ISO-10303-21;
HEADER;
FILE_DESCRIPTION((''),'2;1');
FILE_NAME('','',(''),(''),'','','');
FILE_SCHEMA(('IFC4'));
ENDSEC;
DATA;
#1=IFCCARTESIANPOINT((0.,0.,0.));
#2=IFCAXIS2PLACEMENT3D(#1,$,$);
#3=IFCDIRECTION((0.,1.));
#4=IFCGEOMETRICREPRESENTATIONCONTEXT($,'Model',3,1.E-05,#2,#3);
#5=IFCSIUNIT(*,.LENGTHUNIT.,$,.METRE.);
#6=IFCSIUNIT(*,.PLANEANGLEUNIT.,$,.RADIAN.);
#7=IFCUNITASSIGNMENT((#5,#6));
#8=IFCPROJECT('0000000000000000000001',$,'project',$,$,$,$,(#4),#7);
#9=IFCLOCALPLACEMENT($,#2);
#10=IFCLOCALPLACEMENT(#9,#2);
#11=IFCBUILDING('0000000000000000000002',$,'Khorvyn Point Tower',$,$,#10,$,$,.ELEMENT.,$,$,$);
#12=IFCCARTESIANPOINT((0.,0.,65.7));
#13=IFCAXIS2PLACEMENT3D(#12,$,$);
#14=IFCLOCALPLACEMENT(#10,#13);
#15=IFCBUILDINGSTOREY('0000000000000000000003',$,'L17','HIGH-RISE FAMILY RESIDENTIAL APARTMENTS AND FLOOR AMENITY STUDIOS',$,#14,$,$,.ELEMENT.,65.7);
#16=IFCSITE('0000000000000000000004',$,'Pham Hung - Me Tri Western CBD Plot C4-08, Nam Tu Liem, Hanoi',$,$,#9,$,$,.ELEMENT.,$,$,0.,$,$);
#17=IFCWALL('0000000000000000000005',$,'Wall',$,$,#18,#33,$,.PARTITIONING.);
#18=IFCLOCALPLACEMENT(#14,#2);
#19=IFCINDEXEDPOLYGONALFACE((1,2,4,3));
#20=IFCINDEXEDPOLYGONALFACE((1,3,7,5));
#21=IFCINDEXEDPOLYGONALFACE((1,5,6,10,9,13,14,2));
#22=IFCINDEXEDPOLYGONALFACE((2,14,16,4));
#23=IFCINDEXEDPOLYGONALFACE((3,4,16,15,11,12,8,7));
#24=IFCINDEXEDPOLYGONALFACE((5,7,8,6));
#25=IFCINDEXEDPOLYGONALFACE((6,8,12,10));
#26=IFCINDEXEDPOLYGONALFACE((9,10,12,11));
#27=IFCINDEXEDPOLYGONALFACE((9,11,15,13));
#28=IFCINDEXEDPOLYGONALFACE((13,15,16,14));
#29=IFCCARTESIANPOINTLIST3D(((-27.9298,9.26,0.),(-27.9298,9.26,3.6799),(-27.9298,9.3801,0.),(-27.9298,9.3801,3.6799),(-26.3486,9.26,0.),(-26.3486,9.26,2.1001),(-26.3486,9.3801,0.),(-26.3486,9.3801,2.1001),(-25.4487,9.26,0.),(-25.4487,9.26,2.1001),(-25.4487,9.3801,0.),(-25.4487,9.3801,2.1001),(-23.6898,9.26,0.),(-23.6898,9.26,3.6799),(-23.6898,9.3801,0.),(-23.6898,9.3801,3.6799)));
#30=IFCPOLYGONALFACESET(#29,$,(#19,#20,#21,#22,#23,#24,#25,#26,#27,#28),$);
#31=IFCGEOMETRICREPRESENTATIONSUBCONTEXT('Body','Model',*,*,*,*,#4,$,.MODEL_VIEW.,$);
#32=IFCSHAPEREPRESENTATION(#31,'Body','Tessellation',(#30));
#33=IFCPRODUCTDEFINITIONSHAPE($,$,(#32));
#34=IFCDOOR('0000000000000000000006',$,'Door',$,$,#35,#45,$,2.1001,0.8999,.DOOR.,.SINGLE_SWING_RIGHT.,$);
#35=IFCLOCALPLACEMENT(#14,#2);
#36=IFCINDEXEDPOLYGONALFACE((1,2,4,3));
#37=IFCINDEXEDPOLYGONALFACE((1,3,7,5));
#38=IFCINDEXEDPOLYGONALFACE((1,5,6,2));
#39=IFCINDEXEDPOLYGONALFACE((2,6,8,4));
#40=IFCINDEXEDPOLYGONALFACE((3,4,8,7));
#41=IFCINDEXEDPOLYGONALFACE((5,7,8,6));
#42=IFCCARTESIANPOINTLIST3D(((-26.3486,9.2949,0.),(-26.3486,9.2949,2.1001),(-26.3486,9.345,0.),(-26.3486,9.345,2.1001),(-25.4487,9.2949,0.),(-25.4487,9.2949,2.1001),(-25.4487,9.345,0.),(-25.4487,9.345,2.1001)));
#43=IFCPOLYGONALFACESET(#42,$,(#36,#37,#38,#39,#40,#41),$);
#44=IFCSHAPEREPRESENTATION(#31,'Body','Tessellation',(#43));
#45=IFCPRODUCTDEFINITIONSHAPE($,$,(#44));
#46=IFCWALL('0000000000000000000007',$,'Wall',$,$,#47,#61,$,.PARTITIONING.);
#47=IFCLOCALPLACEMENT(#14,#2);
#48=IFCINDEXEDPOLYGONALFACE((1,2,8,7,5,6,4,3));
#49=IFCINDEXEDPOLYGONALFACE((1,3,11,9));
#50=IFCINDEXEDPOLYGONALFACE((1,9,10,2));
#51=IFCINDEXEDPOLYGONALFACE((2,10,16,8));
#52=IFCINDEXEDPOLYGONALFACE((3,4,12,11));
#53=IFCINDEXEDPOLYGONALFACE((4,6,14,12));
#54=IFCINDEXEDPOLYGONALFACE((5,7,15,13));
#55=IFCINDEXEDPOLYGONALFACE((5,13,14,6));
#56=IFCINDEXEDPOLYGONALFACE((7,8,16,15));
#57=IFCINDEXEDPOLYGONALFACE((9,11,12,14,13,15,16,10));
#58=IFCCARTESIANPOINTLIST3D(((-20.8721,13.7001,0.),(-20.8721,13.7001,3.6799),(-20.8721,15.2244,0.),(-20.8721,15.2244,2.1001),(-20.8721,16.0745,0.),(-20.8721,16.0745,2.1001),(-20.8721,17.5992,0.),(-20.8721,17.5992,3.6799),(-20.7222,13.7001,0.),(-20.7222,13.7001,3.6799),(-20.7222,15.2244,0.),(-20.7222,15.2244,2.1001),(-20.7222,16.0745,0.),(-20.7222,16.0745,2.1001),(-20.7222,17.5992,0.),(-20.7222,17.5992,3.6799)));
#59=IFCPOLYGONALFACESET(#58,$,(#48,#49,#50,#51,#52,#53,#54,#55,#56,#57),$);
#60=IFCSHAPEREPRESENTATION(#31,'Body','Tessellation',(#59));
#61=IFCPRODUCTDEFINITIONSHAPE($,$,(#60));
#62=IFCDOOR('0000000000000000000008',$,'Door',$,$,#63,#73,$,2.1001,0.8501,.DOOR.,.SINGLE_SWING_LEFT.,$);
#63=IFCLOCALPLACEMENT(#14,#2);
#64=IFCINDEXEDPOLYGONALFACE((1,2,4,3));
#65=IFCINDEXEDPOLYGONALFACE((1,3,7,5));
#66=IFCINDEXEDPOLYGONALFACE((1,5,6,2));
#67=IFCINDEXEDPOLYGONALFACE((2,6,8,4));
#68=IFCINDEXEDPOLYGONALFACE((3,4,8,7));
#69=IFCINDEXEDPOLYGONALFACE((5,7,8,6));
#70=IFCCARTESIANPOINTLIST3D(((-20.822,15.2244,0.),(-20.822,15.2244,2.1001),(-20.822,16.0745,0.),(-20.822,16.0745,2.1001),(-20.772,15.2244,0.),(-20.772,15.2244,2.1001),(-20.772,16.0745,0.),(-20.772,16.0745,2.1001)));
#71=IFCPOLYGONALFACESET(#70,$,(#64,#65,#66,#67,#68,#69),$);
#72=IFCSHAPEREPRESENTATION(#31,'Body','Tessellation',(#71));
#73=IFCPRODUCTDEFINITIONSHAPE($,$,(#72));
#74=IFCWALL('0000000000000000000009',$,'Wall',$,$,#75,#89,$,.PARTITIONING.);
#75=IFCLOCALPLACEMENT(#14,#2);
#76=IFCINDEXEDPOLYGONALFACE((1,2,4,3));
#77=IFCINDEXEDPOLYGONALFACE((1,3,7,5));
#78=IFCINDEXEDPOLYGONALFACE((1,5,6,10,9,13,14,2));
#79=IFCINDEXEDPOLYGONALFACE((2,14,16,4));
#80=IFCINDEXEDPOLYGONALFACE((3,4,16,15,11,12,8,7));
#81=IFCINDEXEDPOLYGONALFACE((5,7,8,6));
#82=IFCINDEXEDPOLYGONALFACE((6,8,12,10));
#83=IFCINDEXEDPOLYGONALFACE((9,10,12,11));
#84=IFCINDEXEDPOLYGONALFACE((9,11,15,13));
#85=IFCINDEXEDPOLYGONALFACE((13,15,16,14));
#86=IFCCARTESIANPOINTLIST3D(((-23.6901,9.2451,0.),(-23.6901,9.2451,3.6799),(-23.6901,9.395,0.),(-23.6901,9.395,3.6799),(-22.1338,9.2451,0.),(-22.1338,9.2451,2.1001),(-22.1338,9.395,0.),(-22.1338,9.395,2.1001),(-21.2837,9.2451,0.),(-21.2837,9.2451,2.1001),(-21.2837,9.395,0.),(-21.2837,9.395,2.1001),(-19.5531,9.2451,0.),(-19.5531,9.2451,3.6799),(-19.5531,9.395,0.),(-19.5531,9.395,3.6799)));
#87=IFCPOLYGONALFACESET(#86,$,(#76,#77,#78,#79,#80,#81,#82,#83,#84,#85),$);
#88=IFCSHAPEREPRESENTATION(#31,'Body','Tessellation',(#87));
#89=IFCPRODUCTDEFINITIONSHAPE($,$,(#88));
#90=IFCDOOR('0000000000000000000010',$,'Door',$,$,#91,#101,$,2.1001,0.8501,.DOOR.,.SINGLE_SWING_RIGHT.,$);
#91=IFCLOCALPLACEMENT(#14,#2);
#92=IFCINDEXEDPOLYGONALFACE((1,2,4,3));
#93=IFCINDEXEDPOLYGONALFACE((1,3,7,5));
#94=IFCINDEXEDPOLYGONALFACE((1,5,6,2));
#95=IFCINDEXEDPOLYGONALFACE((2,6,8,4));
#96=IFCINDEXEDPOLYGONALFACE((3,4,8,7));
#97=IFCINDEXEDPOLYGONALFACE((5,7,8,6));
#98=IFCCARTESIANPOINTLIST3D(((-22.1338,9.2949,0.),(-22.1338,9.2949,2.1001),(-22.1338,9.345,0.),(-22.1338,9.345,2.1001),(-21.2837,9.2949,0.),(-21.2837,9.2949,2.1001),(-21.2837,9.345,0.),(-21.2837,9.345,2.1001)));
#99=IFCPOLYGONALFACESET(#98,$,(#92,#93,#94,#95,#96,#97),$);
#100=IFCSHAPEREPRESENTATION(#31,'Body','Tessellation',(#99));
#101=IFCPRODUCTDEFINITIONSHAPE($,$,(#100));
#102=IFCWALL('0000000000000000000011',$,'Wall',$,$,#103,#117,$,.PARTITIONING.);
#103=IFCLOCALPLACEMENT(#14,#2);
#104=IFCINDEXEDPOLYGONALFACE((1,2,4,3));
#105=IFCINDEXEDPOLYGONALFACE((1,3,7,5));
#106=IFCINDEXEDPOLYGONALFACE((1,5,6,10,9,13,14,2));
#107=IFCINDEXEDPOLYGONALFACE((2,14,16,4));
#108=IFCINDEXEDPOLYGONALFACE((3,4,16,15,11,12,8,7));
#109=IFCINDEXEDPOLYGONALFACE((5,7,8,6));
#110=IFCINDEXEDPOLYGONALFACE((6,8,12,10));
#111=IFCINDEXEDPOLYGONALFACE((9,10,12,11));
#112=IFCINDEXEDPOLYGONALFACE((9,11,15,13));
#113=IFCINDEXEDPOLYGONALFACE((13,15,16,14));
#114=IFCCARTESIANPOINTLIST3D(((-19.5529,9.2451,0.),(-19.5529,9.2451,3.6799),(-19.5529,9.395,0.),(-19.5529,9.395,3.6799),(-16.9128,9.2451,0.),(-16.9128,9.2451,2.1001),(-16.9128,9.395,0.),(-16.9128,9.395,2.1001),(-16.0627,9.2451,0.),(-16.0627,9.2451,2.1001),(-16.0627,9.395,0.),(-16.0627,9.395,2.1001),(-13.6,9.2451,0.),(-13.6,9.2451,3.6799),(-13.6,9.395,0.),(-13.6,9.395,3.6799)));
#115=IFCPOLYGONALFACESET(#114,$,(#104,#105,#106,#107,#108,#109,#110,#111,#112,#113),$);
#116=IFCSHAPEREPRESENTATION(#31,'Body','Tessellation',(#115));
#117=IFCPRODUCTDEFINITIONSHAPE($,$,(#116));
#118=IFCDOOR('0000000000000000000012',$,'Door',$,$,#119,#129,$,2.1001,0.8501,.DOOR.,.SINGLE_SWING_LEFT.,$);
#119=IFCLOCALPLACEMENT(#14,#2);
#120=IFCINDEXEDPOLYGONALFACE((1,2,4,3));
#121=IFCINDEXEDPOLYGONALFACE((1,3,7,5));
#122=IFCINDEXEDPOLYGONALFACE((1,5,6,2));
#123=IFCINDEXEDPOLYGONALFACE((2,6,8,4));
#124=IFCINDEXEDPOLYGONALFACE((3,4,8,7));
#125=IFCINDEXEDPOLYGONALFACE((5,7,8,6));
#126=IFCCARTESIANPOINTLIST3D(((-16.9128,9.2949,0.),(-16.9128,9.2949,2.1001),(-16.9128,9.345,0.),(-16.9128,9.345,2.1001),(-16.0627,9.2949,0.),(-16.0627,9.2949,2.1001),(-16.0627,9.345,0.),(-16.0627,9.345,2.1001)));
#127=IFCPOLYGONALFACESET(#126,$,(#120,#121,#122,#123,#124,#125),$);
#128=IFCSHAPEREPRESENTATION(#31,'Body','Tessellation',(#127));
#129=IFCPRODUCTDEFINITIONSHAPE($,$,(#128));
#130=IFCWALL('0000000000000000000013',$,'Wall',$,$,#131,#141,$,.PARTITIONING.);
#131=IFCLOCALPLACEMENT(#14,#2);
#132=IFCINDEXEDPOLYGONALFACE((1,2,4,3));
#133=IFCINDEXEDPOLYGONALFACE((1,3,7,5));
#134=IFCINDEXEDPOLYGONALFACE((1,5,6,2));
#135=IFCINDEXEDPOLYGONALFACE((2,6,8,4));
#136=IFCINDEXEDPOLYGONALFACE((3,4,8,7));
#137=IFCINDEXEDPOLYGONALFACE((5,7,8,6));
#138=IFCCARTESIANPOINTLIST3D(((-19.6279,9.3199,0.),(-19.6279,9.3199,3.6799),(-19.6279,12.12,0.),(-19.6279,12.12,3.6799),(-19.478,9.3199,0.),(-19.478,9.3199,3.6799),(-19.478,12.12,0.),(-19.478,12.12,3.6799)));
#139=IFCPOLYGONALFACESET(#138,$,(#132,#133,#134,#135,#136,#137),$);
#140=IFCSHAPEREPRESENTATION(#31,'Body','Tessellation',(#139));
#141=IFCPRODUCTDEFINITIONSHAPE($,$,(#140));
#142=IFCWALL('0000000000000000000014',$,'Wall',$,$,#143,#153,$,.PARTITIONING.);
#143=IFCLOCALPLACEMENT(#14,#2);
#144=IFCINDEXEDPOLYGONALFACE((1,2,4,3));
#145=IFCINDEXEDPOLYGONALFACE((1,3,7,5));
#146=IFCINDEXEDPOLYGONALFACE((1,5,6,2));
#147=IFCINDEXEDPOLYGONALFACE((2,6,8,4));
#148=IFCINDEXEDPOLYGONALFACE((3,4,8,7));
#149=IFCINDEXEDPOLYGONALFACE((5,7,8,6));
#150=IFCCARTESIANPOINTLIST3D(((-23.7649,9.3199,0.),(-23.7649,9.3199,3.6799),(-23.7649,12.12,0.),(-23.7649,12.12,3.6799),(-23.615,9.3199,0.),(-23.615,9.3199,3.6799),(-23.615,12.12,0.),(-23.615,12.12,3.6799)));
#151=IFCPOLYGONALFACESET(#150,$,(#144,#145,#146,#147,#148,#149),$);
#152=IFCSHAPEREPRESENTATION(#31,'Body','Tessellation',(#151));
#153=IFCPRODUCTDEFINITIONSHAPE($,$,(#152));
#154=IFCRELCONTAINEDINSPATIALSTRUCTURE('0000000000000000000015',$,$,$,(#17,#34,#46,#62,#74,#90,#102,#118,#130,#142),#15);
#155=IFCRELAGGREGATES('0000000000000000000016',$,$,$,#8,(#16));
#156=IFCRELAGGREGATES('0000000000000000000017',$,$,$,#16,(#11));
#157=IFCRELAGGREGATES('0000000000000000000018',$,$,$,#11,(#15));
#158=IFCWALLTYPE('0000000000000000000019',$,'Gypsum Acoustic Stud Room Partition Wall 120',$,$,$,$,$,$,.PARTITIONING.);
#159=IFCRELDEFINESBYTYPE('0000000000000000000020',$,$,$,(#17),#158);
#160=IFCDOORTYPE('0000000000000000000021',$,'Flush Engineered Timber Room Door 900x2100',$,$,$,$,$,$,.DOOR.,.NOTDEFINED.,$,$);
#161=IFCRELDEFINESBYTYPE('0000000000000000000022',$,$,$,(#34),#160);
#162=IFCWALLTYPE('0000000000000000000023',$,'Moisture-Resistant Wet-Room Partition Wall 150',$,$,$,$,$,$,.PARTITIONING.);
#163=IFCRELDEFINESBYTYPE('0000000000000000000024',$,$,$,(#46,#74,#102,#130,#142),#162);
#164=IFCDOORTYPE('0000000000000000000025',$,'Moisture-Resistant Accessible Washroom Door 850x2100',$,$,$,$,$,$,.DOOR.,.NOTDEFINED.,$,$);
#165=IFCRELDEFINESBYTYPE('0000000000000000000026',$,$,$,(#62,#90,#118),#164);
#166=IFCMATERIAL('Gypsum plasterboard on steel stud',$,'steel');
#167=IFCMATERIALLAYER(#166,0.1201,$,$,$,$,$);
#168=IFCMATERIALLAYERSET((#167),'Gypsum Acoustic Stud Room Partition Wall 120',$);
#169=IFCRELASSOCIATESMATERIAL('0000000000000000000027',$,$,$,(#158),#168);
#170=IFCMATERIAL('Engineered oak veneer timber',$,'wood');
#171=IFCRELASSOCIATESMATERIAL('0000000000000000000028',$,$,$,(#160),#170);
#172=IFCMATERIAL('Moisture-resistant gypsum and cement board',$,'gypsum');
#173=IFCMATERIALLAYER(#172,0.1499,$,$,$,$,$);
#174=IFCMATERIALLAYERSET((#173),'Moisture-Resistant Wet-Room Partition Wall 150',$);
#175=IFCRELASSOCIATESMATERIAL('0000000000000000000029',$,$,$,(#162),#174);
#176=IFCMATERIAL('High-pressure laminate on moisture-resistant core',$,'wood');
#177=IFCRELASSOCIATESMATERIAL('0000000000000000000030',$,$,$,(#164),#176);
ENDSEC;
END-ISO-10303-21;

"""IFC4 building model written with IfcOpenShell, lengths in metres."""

from ifc_helpers import new_model, si_unit, direction, frame, frame_2d, origin, place, context, subcontext, project, spatial, rectangle, extrude, material, layer, layer_set, type_object, element, fill, save


model = new_model("IFC4")

# Units and contexts
model_context = context("Model", 3, precision=1e-05, world=origin(), true_north=direction((0.0, 1.0)))
body_context = subcontext(model_context, "Body", "Model", "MODEL_VIEW")
ifc_project = project(units=[si_unit("LENGTHUNIT", "METRE"), si_unit("PLANEANGLEUNIT", "RADIAN")], contexts=[model_context])

# Site, building, storey
site_placement = place(None, origin())
site = spatial("IfcSite", under=ifc_project, at=site_placement, Name="Pham Hung - Me Tri Western CBD Plot C4-08, Nam Tu Liem, Hanoi", CompositionType="ELEMENT", RefElevation=0.0)
building_placement = place(site_placement, origin())
building = spatial("IfcBuilding", under=site, at=building_placement, Name="Khorvyn Point Tower", CompositionType="ELEMENT")
storey_placement = place(building_placement, frame((0.0, 0.0, 65.7)))
storey = spatial("IfcBuildingStorey", under=building, at=storey_placement, Name="L17", Description="HIGH-RISE FAMILY RESIDENTIAL APARTMENTS AND FLOOR AMENITY STUDIOS", CompositionType="ELEMENT", Elevation=65.7)

# Walls, openings, doors
ifc_material_1 = material(Name="Gypsum plasterboard on steel stud", Category="steel")
ifc_layer_1 = layer(ifc_material_1, 0.1201)
ifc_layer_set_1 = layer_set([ifc_layer_1], Name="Gypsum Acoustic Stud Room Partition Wall 120")
wall_type_1 = type_object("IfcWallType", Name="Gypsum Acoustic Stud Room Partition Wall 120", PredefinedType="PARTITIONING", material=ifc_layer_set_1)
wall_1_placement = place(storey_placement, frame((-27.9299, 9.3201, 0.0), z_axis=(0.0, 0.0, 1.0), x_axis=(1.0, 0.0, 0.0)))
wall_1 = element("IfcWall", 1, at=wall_1_placement, inside=storey, type_object=wall_type_1, Name="Wall", PredefinedType="PARTITIONING", context=body_context, shape_type="SweptSolid", body=[
    extrude(rectangle(XDim=4.24, YDim=0.1201, at=frame_2d((2.1201, 0.0))), origin(), (0.0, 0.0, 1.0), 3.6799),
])
opening_1_placement = place(wall_1_placement, frame((1.5813, 0.0, 0.0)))
opening_1 = element("IfcOpeningElement", 2, at=opening_1_placement, cuts=wall_1, PredefinedType="OPENING", context=body_context, shape_type="SweptSolid", body=[
    extrude(rectangle(XDim=0.8999, YDim=2.1001, at=frame_2d((0.45, 1.05))), frame((0.0, 0.0701, 0.0), z_axis=(0.0, -1.0, 0.0), x_axis=(1.0, 0.0, 0.0)), (0.0, 0.0, 1.0), 0.1401),
])
ifc_material_2 = material(Name="Engineered oak veneer timber", Category="wood")
door_type_1 = type_object("IfcDoorType", Name="Flush Engineered Timber Room Door 900x2100", OperationType="NOTDEFINED", PredefinedType="DOOR", material=ifc_material_2)
door_1_placement = place(opening_1_placement, origin())
door_1 = element("IfcDoor", 3, at=door_1_placement, inside=storey, type_object=door_type_1, Name="Door", OperationType="SINGLE_SWING_RIGHT", OverallHeight=2.1001, OverallWidth=0.8999, PredefinedType="DOOR", context=body_context, shape_type="SweptSolid", body=[
    extrude(rectangle(XDim=0.8999, YDim=2.1001, at=frame_2d((0.45, 1.05))), frame((0.0, 0.0249, 0.0), z_axis=(0.0, -1.0, 0.0), x_axis=(1.0, 0.0, 0.0)), (0.0, 0.0, 1.0), 0.05),
])
fill(opening_1, door_1)
ifc_material_3 = material(Name="Moisture-resistant gypsum and cement board", Category="gypsum")
ifc_layer_2 = layer(ifc_material_3, 0.1499)
ifc_layer_set_2 = layer_set([ifc_layer_2], Name="Moisture-Resistant Wet-Room Partition Wall 150")
wall_type_2 = type_object("IfcWallType", Name="Moisture-Resistant Wet-Room Partition Wall 150", PredefinedType="PARTITIONING", material=ifc_layer_set_2)
wall_2_placement = place(storey_placement, frame((-20.7971, 13.7, 0.0), z_axis=(0.0, 0.0, 1.0), x_axis=(0.0, 1.0, 0.0)))
wall_2 = element("IfcWall", 4, at=wall_2_placement, inside=storey, type_object=wall_type_2, Name="Wall", PredefinedType="PARTITIONING", context=body_context, shape_type="SweptSolid", body=[
    extrude(rectangle(XDim=3.8992, YDim=0.1499, at=frame_2d((1.9497, 0.0))), origin(), (0.0, 0.0, 1.0), 3.6799),
])
opening_2_placement = place(wall_2_placement, frame((1.5244, 0.0, 0.0)))
opening_2 = element("IfcOpeningElement", 5, at=opening_2_placement, cuts=wall_2, PredefinedType="OPENING", context=body_context, shape_type="SweptSolid", body=[
    extrude(rectangle(XDim=0.8501, YDim=2.1001, at=frame_2d((0.425, 1.05))), frame((0.0, 0.085, 0.0), z_axis=(0.0, -1.0, 0.0), x_axis=(1.0, 0.0, 0.0)), (0.0, 0.0, 1.0), 0.1699),
])
ifc_material_4 = material(Name="High-pressure laminate on moisture-resistant core", Category="wood")
door_type_2 = type_object("IfcDoorType", Name="Moisture-Resistant Accessible Washroom Door 850x2100", OperationType="NOTDEFINED", PredefinedType="DOOR", material=ifc_material_4)
door_2_placement = place(opening_2_placement, origin())
door_2 = element("IfcDoor", 6, at=door_2_placement, inside=storey, type_object=door_type_2, Name="Door", OperationType="SINGLE_SWING_LEFT", OverallHeight=2.1001, OverallWidth=0.8501, PredefinedType="DOOR", context=body_context, shape_type="SweptSolid", body=[
    extrude(rectangle(XDim=0.8501, YDim=2.1001, at=frame_2d((0.425, 1.05))), frame((0.0, 0.0249, 0.0), z_axis=(0.0, -1.0, 0.0), x_axis=(1.0, 0.0, 0.0)), (0.0, 0.0, 1.0), 0.05),
])
fill(opening_2, door_2)
wall_3_placement = place(storey_placement, frame((-23.6899, 9.3201, 0.0), z_axis=(0.0, 0.0, 1.0), x_axis=(1.0, 0.0, 0.0)))
wall_3 = element("IfcWall", 7, at=wall_3_placement, inside=storey, type_object=wall_type_2, Name="Wall", PredefinedType="PARTITIONING", context=body_context, shape_type="SweptSolid", body=[
    extrude(rectangle(XDim=4.137, YDim=0.1499, at=frame_2d((2.0684, 0.0))), origin(), (0.0, 0.0, 1.0), 3.6799),
])
opening_3_placement = place(wall_3_placement, frame((1.5562, 0.0, 0.0)))
opening_3 = element("IfcOpeningElement", 8, at=opening_3_placement, cuts=wall_3, PredefinedType="OPENING", context=body_context, shape_type="SweptSolid", body=[
    extrude(rectangle(XDim=0.8501, YDim=2.1001, at=frame_2d((0.425, 1.05))), frame((0.0, 0.085, 0.0), z_axis=(0.0, -1.0, 0.0), x_axis=(1.0, 0.0, 0.0)), (0.0, 0.0, 1.0), 0.1699),
])
door_3_placement = place(opening_3_placement, origin())
door_3 = element("IfcDoor", 9, at=door_3_placement, inside=storey, type_object=door_type_2, Name="Door", OperationType="SINGLE_SWING_RIGHT", OverallHeight=2.1001, OverallWidth=0.8501, PredefinedType="DOOR", context=body_context, shape_type="SweptSolid", body=[
    extrude(rectangle(XDim=0.8501, YDim=2.1001, at=frame_2d((0.425, 1.05))), frame((0.0, 0.0249, 0.0), z_axis=(0.0, -1.0, 0.0), x_axis=(1.0, 0.0, 0.0)), (0.0, 0.0, 1.0), 0.05),
])
fill(opening_3, door_3)
wall_4_placement = place(storey_placement, frame((-19.553, 9.3201, 0.0), z_axis=(0.0, 0.0, 1.0), x_axis=(1.0, 0.0, 0.0)))
wall_4 = element("IfcWall", 10, at=wall_4_placement, inside=storey, type_object=wall_type_2, Name="Wall", PredefinedType="PARTITIONING", context=body_context, shape_type="SweptSolid", body=[
    extrude(rectangle(XDim=5.9529, YDim=0.1499, at=frame_2d((2.9766, 0.0))), origin(), (0.0, 0.0, 1.0), 3.6799),
])
opening_4_placement = place(wall_4_placement, frame((2.6401, 0.0, 0.0)))
opening_4 = element("IfcOpeningElement", 11, at=opening_4_placement, cuts=wall_4, PredefinedType="OPENING", context=body_context, shape_type="SweptSolid", body=[
    extrude(rectangle(XDim=0.8501, YDim=2.1001, at=frame_2d((0.425, 1.05))), frame((0.0, 0.085, 0.0), z_axis=(0.0, -1.0, 0.0), x_axis=(1.0, 0.0, 0.0)), (0.0, 0.0, 1.0), 0.1699),
])
door_4_placement = place(opening_4_placement, origin())
door_4 = element("IfcDoor", 12, at=door_4_placement, inside=storey, type_object=door_type_2, Name="Door", OperationType="SINGLE_SWING_LEFT", OverallHeight=2.1001, OverallWidth=0.8501, PredefinedType="DOOR", context=body_context, shape_type="SweptSolid", body=[
    extrude(rectangle(XDim=0.8501, YDim=2.1001, at=frame_2d((0.425, 1.05))), frame((0.0, 0.0249, 0.0), z_axis=(0.0, -1.0, 0.0), x_axis=(1.0, 0.0, 0.0)), (0.0, 0.0, 1.0), 0.05),
])
fill(opening_4, door_4)

# Walls
for number, where, z_axis, x_axis, name in (
    (13, (-19.553, 9.3201, 0.0), (0.0, 0.0, 1.0), (0.0, 1.0, 0.0), "Wall"),
    (14, (-23.6899, 9.3201, 0.0), (0.0, 0.0, 1.0), (0.0, 1.0, 0.0), "Wall"),
):
    element("IfcWall", number, at=place(storey_placement, frame(where, z_axis=z_axis, x_axis=x_axis)), inside=storey, type_object=wall_type_2, Name=name, PredefinedType="PARTITIONING", context=body_context, shape_type="SweptSolid", body=[
        extrude(rectangle(XDim=2.8, YDim=0.1499, at=frame_2d((1.3999, 0.0))), origin(), (0.0, 0.0, 1.0), 3.6799),
    ])

save(model, "model.ifc")
